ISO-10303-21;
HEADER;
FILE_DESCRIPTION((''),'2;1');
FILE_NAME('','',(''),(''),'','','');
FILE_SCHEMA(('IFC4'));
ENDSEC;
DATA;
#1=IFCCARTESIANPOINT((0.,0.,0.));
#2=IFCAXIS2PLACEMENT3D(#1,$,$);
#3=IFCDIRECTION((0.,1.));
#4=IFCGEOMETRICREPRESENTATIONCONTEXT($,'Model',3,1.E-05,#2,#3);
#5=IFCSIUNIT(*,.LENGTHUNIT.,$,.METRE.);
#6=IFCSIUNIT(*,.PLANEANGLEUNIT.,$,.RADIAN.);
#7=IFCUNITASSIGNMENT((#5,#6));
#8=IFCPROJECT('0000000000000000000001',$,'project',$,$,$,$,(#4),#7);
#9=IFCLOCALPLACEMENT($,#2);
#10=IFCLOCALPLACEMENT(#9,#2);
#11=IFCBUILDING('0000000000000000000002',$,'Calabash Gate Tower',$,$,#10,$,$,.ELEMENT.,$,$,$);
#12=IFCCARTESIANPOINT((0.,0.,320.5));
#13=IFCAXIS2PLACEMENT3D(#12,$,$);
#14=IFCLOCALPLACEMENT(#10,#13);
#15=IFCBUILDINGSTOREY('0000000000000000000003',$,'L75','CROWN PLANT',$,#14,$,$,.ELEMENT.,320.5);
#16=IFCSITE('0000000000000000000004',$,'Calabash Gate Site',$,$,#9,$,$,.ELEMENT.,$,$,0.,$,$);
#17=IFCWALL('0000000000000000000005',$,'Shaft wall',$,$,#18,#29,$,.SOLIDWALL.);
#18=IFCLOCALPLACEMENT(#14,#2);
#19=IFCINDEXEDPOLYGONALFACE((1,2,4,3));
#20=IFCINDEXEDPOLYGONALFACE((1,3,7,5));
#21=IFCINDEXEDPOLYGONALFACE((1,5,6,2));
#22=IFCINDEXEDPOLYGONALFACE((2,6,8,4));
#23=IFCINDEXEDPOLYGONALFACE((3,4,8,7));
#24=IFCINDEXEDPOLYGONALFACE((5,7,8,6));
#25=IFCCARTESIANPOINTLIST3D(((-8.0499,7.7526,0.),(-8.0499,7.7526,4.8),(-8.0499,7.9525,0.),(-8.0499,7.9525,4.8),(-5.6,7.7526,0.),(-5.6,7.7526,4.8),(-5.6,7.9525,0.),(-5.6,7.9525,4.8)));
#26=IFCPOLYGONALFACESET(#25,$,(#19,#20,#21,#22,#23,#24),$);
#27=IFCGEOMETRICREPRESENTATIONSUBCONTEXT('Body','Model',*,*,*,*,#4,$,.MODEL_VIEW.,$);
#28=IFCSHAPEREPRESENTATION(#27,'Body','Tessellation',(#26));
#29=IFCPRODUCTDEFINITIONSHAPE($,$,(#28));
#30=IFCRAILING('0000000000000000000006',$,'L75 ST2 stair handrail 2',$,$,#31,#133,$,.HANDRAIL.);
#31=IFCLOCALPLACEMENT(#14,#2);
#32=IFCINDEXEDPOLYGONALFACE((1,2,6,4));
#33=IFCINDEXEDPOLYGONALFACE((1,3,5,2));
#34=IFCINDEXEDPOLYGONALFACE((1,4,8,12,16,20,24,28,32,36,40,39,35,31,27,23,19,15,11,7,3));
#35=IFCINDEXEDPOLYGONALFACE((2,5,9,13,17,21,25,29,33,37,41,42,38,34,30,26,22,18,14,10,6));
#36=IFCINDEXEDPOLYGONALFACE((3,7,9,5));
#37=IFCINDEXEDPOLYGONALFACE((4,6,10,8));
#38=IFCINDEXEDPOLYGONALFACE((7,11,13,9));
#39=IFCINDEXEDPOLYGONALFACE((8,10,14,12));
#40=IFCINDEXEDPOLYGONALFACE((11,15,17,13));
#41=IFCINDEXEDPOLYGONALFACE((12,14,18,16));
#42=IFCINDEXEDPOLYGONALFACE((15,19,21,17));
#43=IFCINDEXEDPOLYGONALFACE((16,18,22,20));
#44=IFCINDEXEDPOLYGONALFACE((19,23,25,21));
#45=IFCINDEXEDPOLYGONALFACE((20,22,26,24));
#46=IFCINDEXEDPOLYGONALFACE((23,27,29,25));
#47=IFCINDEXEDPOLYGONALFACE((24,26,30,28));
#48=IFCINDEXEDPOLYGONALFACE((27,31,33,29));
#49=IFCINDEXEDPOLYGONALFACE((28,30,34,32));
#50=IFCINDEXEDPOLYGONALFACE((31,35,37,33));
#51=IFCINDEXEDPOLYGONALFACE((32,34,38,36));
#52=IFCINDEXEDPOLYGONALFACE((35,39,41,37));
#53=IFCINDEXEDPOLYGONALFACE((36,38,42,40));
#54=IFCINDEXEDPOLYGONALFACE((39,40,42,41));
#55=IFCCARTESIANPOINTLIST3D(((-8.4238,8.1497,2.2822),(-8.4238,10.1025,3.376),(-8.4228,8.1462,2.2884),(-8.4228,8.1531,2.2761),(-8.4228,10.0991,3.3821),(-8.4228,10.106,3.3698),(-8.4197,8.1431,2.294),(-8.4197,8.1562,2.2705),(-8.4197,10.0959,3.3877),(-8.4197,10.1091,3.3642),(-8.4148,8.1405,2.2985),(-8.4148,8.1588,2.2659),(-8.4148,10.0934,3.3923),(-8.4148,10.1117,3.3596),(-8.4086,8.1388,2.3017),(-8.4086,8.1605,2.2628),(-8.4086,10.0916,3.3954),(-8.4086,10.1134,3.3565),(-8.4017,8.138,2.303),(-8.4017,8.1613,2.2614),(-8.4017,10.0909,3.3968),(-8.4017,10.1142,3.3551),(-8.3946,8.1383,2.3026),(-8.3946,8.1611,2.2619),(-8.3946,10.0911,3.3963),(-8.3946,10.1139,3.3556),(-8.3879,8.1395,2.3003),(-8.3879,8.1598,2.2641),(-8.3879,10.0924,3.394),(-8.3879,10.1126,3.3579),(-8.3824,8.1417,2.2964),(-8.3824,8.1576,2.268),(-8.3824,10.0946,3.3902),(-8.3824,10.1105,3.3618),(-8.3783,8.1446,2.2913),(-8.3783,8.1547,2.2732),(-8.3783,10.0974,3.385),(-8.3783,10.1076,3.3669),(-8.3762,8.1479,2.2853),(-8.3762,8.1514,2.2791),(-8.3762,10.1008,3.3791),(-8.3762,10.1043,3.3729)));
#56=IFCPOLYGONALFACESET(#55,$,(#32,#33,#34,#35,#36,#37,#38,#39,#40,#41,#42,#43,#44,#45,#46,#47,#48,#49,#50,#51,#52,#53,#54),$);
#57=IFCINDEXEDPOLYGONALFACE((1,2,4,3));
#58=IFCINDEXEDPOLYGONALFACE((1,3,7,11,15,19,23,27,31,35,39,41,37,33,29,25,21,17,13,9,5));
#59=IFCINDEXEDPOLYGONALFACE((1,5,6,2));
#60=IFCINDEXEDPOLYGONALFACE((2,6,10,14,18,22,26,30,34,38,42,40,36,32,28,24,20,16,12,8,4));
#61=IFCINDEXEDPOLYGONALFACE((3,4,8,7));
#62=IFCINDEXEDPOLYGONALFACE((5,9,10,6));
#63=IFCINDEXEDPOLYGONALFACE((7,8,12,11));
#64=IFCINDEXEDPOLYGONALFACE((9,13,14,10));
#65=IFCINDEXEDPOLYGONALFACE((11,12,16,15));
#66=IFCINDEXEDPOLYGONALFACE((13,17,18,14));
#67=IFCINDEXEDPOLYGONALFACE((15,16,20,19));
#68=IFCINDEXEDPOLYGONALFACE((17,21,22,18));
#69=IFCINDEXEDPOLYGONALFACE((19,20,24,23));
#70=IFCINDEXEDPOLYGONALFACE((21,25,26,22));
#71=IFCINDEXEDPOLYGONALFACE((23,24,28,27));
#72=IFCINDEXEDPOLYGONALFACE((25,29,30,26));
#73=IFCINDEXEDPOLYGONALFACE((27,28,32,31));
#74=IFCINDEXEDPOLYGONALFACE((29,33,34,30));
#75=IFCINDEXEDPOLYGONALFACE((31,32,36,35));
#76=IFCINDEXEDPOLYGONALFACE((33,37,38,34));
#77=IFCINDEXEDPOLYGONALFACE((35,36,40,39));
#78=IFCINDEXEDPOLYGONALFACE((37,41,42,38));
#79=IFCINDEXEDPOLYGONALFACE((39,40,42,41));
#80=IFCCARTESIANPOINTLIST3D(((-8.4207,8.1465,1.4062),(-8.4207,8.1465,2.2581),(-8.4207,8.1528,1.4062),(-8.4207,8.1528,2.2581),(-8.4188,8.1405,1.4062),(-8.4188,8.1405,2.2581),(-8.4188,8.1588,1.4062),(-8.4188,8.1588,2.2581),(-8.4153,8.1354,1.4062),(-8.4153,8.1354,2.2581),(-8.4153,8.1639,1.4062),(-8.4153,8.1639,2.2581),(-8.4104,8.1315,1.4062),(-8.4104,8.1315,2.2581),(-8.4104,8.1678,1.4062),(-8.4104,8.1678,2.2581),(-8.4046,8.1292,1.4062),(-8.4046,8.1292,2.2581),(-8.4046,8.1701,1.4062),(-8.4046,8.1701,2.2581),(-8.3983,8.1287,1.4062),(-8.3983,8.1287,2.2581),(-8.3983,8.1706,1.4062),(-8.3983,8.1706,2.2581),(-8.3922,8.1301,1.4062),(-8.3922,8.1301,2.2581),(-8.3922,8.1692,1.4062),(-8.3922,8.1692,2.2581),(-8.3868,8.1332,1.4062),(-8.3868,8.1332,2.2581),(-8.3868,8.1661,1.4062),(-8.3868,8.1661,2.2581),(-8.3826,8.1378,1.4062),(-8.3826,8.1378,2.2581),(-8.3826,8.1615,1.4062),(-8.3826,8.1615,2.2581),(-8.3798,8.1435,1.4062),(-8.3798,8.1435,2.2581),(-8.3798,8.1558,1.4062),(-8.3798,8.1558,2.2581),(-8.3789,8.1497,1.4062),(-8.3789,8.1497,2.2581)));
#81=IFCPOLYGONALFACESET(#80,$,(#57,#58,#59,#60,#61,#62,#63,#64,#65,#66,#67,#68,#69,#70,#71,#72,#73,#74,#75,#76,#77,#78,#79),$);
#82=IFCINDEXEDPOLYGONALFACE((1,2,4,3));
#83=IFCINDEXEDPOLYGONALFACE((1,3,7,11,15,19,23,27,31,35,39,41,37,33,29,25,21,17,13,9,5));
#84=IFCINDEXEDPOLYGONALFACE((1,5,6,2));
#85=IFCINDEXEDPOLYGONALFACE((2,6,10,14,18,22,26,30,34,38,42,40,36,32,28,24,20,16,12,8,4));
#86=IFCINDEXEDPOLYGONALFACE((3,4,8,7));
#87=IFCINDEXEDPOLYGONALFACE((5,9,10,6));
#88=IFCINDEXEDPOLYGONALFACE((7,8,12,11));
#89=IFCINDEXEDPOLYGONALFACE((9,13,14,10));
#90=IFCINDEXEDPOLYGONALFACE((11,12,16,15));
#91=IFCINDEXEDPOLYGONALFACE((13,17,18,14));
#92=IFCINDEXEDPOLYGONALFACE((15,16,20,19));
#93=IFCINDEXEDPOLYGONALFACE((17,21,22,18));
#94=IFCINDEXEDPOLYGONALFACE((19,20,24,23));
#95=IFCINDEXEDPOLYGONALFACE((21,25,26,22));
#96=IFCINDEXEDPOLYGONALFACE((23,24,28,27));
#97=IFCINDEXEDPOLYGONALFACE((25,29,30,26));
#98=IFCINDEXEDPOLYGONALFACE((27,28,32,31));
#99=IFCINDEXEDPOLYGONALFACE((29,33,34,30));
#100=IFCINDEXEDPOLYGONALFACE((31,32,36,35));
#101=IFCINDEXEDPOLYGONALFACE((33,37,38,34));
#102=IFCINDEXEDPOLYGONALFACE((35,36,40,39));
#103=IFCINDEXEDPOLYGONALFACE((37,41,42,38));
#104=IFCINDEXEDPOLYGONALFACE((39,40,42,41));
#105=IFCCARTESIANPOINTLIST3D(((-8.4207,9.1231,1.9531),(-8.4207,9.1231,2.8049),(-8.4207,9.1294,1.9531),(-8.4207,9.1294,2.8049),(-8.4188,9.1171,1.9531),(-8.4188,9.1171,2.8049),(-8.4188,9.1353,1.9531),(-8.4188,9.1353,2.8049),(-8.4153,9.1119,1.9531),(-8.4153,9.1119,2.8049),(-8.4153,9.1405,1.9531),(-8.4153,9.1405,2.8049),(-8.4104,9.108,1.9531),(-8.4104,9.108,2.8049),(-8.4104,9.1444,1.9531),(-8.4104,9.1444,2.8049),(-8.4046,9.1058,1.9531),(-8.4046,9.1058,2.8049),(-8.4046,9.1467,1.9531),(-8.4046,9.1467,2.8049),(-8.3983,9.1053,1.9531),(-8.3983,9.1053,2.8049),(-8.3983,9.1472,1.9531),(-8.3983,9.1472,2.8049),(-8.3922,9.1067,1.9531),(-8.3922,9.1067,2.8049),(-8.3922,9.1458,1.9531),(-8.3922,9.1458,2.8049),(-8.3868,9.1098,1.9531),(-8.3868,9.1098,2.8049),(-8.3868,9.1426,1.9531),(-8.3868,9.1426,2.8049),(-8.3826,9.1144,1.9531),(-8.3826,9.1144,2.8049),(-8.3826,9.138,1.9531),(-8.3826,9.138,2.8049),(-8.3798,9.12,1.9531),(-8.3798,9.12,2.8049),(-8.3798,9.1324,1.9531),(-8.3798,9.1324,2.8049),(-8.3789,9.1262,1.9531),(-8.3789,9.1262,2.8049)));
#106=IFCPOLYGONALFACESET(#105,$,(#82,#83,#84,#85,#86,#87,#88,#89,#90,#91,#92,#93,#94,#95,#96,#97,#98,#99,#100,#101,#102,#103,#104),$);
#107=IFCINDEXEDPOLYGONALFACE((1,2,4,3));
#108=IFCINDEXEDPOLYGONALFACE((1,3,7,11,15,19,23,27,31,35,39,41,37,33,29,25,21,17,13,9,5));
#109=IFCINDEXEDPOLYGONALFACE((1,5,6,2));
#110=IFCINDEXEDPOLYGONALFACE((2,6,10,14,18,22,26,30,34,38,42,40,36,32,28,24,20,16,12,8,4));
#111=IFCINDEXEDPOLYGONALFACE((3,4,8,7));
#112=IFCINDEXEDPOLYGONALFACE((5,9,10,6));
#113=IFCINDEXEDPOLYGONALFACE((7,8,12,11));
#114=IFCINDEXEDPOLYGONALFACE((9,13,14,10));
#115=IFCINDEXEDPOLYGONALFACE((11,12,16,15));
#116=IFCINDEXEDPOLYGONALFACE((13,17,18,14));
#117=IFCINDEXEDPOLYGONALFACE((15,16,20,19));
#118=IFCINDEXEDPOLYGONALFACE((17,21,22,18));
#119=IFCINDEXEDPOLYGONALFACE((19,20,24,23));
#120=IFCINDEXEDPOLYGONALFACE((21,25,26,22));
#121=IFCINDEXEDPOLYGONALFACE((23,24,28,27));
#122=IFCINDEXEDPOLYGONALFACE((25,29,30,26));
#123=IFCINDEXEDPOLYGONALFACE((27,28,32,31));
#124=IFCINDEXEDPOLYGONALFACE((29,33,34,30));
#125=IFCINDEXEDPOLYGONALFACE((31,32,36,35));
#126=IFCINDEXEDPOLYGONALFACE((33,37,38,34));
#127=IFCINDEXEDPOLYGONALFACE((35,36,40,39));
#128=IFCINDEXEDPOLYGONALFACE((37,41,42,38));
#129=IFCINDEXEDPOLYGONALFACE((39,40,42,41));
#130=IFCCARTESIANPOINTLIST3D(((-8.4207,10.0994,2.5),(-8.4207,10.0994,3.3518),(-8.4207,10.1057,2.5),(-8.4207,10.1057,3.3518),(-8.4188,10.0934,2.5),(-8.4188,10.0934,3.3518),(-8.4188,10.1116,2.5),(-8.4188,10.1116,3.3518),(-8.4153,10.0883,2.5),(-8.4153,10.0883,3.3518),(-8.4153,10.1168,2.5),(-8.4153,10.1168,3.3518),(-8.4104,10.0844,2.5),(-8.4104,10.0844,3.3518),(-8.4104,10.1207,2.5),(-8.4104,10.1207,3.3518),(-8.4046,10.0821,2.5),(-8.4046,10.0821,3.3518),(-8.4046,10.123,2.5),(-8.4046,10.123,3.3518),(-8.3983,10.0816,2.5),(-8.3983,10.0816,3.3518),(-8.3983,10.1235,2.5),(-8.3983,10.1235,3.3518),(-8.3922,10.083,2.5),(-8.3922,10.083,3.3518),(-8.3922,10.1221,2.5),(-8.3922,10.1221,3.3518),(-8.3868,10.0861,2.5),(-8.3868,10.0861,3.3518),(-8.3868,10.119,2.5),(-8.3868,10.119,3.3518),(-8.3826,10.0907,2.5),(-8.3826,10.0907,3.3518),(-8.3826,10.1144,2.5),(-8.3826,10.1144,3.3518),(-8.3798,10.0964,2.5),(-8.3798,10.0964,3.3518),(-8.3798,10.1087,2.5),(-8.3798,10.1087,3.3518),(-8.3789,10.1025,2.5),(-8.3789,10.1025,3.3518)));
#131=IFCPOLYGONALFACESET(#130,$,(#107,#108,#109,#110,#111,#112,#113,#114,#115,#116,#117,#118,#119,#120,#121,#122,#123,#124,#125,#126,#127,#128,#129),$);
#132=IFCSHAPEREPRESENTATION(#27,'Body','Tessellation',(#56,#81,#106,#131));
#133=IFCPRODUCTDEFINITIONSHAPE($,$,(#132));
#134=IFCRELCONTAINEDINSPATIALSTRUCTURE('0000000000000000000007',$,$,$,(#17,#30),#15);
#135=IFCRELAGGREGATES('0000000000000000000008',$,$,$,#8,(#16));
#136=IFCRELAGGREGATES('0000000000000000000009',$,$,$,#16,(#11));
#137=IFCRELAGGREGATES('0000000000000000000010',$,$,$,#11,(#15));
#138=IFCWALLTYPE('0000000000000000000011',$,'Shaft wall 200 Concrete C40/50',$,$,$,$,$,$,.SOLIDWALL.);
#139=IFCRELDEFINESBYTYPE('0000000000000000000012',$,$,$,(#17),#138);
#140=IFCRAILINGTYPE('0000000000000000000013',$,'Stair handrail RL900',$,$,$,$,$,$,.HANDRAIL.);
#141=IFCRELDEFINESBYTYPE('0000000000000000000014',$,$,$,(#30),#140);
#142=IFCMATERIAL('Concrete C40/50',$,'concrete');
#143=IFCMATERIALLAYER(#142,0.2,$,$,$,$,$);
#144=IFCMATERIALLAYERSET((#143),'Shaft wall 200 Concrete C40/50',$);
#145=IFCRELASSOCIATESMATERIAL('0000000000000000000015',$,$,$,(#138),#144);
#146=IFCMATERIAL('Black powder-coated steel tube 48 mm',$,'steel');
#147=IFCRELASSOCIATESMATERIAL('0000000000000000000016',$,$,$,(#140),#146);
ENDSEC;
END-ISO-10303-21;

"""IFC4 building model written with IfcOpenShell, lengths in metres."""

from ifc_helpers import new_model, si_unit, direction, frame, frame_2d, origin, origin_2d, place, context, subcontext, project, spatial, rectangle, circle, extrude, material, layer, layer_set, type_object, element, save


model = new_model("IFC4")

# Units and contexts
model_context = context("Model", 3, precision=1e-05, world=origin(), true_north=direction((0.0, 1.0)))
body_context = subcontext(model_context, "Body", "Model", "MODEL_VIEW")
ifc_project = project(units=[si_unit("LENGTHUNIT", "METRE"), si_unit("PLANEANGLEUNIT", "RADIAN")], contexts=[model_context])

# Site, building, storey
site_placement = place(None, origin())
site = spatial("IfcSite", under=ifc_project, at=site_placement, Name="Calabash Gate Site", CompositionType="ELEMENT", RefElevation=0.0)
building_placement = place(site_placement, origin())
building = spatial("IfcBuilding", under=site, at=building_placement, Name="Calabash Gate Tower", CompositionType="ELEMENT")
storey_placement = place(building_placement, frame((0.0, 0.0, 320.5)))
storey = spatial("IfcBuildingStorey", under=building, at=storey_placement, Name="L75", Description="CROWN PLANT", CompositionType="ELEMENT", Elevation=320.5)

# Shared definitions
ifc_material_1 = material(Name="Concrete C40/50", Category="concrete")
ifc_layer_1 = layer(ifc_material_1, 0.2)
ifc_layer_set_1 = layer_set([ifc_layer_1], Name="Shaft wall 200 Concrete C40/50")
wall_type_1 = type_object("IfcWallType", Name="Shaft wall 200 Concrete C40/50", PredefinedType="SOLIDWALL", material=ifc_layer_set_1)

# Wall
wall_1_placement = place(storey_placement, frame((-8.05, 7.8525, 0.0), z_axis=(0.0, 0.0, 1.0), x_axis=(1.0, 0.0, 0.0)))
element("IfcWall", 1, at=wall_1_placement, inside=storey, type_object=wall_type_1, Name="Shaft wall", PredefinedType="SOLIDWALL", context=body_context, shape_type="SweptSolid", body=[
    extrude(rectangle(XDim=2.45, YDim=0.2, at=frame_2d((1.2251, 0.0))), origin(), (0.0, 0.0, 1.0), 4.8),
])

# Railing
ifc_material_2 = material(Name="Black powder-coated steel tube 48 mm", Category="steel")
railing_type_1 = type_object("IfcRailingType", Name="Stair handrail RL900", PredefinedType="HANDRAIL", material=ifc_material_2)
for number, where, name in (
    (2, (-8.3999, 8.1497, 1.4062), "L75 ST2 stair handrail 2"),
):
    element("IfcRailing", number, at=place(storey_placement, frame(where)), inside=storey, type_object=railing_type_1, Name=name, PredefinedType="HANDRAIL", context=body_context, shape_type="SweptSolid", body=[
        extrude(circle(Radius=0.0239, at=origin_2d()), frame((0.0, 0.0, 0.876), z_axis=(0.0, 0.87248, 0.48865), x_axis=(-1.0, 0.0, 0.0)), (0.0, 0.0, 1.0), 2.2383),
        extrude(circle(Radius=0.021, at=origin_2d()), origin(), (0.0, 0.0, 1.0), 0.8518),
        extrude(circle(Radius=0.021, at=origin_2d()), frame((0.0, 0.9766, 0.5469)), (0.0, 0.0, 1.0), 0.8518),
        extrude(circle(Radius=0.021, at=origin_2d()), frame((0.0, 1.9529, 1.0938)), (0.0, 0.0, 1.0), 0.8518),
    ])

save(model, "model.ifc")
